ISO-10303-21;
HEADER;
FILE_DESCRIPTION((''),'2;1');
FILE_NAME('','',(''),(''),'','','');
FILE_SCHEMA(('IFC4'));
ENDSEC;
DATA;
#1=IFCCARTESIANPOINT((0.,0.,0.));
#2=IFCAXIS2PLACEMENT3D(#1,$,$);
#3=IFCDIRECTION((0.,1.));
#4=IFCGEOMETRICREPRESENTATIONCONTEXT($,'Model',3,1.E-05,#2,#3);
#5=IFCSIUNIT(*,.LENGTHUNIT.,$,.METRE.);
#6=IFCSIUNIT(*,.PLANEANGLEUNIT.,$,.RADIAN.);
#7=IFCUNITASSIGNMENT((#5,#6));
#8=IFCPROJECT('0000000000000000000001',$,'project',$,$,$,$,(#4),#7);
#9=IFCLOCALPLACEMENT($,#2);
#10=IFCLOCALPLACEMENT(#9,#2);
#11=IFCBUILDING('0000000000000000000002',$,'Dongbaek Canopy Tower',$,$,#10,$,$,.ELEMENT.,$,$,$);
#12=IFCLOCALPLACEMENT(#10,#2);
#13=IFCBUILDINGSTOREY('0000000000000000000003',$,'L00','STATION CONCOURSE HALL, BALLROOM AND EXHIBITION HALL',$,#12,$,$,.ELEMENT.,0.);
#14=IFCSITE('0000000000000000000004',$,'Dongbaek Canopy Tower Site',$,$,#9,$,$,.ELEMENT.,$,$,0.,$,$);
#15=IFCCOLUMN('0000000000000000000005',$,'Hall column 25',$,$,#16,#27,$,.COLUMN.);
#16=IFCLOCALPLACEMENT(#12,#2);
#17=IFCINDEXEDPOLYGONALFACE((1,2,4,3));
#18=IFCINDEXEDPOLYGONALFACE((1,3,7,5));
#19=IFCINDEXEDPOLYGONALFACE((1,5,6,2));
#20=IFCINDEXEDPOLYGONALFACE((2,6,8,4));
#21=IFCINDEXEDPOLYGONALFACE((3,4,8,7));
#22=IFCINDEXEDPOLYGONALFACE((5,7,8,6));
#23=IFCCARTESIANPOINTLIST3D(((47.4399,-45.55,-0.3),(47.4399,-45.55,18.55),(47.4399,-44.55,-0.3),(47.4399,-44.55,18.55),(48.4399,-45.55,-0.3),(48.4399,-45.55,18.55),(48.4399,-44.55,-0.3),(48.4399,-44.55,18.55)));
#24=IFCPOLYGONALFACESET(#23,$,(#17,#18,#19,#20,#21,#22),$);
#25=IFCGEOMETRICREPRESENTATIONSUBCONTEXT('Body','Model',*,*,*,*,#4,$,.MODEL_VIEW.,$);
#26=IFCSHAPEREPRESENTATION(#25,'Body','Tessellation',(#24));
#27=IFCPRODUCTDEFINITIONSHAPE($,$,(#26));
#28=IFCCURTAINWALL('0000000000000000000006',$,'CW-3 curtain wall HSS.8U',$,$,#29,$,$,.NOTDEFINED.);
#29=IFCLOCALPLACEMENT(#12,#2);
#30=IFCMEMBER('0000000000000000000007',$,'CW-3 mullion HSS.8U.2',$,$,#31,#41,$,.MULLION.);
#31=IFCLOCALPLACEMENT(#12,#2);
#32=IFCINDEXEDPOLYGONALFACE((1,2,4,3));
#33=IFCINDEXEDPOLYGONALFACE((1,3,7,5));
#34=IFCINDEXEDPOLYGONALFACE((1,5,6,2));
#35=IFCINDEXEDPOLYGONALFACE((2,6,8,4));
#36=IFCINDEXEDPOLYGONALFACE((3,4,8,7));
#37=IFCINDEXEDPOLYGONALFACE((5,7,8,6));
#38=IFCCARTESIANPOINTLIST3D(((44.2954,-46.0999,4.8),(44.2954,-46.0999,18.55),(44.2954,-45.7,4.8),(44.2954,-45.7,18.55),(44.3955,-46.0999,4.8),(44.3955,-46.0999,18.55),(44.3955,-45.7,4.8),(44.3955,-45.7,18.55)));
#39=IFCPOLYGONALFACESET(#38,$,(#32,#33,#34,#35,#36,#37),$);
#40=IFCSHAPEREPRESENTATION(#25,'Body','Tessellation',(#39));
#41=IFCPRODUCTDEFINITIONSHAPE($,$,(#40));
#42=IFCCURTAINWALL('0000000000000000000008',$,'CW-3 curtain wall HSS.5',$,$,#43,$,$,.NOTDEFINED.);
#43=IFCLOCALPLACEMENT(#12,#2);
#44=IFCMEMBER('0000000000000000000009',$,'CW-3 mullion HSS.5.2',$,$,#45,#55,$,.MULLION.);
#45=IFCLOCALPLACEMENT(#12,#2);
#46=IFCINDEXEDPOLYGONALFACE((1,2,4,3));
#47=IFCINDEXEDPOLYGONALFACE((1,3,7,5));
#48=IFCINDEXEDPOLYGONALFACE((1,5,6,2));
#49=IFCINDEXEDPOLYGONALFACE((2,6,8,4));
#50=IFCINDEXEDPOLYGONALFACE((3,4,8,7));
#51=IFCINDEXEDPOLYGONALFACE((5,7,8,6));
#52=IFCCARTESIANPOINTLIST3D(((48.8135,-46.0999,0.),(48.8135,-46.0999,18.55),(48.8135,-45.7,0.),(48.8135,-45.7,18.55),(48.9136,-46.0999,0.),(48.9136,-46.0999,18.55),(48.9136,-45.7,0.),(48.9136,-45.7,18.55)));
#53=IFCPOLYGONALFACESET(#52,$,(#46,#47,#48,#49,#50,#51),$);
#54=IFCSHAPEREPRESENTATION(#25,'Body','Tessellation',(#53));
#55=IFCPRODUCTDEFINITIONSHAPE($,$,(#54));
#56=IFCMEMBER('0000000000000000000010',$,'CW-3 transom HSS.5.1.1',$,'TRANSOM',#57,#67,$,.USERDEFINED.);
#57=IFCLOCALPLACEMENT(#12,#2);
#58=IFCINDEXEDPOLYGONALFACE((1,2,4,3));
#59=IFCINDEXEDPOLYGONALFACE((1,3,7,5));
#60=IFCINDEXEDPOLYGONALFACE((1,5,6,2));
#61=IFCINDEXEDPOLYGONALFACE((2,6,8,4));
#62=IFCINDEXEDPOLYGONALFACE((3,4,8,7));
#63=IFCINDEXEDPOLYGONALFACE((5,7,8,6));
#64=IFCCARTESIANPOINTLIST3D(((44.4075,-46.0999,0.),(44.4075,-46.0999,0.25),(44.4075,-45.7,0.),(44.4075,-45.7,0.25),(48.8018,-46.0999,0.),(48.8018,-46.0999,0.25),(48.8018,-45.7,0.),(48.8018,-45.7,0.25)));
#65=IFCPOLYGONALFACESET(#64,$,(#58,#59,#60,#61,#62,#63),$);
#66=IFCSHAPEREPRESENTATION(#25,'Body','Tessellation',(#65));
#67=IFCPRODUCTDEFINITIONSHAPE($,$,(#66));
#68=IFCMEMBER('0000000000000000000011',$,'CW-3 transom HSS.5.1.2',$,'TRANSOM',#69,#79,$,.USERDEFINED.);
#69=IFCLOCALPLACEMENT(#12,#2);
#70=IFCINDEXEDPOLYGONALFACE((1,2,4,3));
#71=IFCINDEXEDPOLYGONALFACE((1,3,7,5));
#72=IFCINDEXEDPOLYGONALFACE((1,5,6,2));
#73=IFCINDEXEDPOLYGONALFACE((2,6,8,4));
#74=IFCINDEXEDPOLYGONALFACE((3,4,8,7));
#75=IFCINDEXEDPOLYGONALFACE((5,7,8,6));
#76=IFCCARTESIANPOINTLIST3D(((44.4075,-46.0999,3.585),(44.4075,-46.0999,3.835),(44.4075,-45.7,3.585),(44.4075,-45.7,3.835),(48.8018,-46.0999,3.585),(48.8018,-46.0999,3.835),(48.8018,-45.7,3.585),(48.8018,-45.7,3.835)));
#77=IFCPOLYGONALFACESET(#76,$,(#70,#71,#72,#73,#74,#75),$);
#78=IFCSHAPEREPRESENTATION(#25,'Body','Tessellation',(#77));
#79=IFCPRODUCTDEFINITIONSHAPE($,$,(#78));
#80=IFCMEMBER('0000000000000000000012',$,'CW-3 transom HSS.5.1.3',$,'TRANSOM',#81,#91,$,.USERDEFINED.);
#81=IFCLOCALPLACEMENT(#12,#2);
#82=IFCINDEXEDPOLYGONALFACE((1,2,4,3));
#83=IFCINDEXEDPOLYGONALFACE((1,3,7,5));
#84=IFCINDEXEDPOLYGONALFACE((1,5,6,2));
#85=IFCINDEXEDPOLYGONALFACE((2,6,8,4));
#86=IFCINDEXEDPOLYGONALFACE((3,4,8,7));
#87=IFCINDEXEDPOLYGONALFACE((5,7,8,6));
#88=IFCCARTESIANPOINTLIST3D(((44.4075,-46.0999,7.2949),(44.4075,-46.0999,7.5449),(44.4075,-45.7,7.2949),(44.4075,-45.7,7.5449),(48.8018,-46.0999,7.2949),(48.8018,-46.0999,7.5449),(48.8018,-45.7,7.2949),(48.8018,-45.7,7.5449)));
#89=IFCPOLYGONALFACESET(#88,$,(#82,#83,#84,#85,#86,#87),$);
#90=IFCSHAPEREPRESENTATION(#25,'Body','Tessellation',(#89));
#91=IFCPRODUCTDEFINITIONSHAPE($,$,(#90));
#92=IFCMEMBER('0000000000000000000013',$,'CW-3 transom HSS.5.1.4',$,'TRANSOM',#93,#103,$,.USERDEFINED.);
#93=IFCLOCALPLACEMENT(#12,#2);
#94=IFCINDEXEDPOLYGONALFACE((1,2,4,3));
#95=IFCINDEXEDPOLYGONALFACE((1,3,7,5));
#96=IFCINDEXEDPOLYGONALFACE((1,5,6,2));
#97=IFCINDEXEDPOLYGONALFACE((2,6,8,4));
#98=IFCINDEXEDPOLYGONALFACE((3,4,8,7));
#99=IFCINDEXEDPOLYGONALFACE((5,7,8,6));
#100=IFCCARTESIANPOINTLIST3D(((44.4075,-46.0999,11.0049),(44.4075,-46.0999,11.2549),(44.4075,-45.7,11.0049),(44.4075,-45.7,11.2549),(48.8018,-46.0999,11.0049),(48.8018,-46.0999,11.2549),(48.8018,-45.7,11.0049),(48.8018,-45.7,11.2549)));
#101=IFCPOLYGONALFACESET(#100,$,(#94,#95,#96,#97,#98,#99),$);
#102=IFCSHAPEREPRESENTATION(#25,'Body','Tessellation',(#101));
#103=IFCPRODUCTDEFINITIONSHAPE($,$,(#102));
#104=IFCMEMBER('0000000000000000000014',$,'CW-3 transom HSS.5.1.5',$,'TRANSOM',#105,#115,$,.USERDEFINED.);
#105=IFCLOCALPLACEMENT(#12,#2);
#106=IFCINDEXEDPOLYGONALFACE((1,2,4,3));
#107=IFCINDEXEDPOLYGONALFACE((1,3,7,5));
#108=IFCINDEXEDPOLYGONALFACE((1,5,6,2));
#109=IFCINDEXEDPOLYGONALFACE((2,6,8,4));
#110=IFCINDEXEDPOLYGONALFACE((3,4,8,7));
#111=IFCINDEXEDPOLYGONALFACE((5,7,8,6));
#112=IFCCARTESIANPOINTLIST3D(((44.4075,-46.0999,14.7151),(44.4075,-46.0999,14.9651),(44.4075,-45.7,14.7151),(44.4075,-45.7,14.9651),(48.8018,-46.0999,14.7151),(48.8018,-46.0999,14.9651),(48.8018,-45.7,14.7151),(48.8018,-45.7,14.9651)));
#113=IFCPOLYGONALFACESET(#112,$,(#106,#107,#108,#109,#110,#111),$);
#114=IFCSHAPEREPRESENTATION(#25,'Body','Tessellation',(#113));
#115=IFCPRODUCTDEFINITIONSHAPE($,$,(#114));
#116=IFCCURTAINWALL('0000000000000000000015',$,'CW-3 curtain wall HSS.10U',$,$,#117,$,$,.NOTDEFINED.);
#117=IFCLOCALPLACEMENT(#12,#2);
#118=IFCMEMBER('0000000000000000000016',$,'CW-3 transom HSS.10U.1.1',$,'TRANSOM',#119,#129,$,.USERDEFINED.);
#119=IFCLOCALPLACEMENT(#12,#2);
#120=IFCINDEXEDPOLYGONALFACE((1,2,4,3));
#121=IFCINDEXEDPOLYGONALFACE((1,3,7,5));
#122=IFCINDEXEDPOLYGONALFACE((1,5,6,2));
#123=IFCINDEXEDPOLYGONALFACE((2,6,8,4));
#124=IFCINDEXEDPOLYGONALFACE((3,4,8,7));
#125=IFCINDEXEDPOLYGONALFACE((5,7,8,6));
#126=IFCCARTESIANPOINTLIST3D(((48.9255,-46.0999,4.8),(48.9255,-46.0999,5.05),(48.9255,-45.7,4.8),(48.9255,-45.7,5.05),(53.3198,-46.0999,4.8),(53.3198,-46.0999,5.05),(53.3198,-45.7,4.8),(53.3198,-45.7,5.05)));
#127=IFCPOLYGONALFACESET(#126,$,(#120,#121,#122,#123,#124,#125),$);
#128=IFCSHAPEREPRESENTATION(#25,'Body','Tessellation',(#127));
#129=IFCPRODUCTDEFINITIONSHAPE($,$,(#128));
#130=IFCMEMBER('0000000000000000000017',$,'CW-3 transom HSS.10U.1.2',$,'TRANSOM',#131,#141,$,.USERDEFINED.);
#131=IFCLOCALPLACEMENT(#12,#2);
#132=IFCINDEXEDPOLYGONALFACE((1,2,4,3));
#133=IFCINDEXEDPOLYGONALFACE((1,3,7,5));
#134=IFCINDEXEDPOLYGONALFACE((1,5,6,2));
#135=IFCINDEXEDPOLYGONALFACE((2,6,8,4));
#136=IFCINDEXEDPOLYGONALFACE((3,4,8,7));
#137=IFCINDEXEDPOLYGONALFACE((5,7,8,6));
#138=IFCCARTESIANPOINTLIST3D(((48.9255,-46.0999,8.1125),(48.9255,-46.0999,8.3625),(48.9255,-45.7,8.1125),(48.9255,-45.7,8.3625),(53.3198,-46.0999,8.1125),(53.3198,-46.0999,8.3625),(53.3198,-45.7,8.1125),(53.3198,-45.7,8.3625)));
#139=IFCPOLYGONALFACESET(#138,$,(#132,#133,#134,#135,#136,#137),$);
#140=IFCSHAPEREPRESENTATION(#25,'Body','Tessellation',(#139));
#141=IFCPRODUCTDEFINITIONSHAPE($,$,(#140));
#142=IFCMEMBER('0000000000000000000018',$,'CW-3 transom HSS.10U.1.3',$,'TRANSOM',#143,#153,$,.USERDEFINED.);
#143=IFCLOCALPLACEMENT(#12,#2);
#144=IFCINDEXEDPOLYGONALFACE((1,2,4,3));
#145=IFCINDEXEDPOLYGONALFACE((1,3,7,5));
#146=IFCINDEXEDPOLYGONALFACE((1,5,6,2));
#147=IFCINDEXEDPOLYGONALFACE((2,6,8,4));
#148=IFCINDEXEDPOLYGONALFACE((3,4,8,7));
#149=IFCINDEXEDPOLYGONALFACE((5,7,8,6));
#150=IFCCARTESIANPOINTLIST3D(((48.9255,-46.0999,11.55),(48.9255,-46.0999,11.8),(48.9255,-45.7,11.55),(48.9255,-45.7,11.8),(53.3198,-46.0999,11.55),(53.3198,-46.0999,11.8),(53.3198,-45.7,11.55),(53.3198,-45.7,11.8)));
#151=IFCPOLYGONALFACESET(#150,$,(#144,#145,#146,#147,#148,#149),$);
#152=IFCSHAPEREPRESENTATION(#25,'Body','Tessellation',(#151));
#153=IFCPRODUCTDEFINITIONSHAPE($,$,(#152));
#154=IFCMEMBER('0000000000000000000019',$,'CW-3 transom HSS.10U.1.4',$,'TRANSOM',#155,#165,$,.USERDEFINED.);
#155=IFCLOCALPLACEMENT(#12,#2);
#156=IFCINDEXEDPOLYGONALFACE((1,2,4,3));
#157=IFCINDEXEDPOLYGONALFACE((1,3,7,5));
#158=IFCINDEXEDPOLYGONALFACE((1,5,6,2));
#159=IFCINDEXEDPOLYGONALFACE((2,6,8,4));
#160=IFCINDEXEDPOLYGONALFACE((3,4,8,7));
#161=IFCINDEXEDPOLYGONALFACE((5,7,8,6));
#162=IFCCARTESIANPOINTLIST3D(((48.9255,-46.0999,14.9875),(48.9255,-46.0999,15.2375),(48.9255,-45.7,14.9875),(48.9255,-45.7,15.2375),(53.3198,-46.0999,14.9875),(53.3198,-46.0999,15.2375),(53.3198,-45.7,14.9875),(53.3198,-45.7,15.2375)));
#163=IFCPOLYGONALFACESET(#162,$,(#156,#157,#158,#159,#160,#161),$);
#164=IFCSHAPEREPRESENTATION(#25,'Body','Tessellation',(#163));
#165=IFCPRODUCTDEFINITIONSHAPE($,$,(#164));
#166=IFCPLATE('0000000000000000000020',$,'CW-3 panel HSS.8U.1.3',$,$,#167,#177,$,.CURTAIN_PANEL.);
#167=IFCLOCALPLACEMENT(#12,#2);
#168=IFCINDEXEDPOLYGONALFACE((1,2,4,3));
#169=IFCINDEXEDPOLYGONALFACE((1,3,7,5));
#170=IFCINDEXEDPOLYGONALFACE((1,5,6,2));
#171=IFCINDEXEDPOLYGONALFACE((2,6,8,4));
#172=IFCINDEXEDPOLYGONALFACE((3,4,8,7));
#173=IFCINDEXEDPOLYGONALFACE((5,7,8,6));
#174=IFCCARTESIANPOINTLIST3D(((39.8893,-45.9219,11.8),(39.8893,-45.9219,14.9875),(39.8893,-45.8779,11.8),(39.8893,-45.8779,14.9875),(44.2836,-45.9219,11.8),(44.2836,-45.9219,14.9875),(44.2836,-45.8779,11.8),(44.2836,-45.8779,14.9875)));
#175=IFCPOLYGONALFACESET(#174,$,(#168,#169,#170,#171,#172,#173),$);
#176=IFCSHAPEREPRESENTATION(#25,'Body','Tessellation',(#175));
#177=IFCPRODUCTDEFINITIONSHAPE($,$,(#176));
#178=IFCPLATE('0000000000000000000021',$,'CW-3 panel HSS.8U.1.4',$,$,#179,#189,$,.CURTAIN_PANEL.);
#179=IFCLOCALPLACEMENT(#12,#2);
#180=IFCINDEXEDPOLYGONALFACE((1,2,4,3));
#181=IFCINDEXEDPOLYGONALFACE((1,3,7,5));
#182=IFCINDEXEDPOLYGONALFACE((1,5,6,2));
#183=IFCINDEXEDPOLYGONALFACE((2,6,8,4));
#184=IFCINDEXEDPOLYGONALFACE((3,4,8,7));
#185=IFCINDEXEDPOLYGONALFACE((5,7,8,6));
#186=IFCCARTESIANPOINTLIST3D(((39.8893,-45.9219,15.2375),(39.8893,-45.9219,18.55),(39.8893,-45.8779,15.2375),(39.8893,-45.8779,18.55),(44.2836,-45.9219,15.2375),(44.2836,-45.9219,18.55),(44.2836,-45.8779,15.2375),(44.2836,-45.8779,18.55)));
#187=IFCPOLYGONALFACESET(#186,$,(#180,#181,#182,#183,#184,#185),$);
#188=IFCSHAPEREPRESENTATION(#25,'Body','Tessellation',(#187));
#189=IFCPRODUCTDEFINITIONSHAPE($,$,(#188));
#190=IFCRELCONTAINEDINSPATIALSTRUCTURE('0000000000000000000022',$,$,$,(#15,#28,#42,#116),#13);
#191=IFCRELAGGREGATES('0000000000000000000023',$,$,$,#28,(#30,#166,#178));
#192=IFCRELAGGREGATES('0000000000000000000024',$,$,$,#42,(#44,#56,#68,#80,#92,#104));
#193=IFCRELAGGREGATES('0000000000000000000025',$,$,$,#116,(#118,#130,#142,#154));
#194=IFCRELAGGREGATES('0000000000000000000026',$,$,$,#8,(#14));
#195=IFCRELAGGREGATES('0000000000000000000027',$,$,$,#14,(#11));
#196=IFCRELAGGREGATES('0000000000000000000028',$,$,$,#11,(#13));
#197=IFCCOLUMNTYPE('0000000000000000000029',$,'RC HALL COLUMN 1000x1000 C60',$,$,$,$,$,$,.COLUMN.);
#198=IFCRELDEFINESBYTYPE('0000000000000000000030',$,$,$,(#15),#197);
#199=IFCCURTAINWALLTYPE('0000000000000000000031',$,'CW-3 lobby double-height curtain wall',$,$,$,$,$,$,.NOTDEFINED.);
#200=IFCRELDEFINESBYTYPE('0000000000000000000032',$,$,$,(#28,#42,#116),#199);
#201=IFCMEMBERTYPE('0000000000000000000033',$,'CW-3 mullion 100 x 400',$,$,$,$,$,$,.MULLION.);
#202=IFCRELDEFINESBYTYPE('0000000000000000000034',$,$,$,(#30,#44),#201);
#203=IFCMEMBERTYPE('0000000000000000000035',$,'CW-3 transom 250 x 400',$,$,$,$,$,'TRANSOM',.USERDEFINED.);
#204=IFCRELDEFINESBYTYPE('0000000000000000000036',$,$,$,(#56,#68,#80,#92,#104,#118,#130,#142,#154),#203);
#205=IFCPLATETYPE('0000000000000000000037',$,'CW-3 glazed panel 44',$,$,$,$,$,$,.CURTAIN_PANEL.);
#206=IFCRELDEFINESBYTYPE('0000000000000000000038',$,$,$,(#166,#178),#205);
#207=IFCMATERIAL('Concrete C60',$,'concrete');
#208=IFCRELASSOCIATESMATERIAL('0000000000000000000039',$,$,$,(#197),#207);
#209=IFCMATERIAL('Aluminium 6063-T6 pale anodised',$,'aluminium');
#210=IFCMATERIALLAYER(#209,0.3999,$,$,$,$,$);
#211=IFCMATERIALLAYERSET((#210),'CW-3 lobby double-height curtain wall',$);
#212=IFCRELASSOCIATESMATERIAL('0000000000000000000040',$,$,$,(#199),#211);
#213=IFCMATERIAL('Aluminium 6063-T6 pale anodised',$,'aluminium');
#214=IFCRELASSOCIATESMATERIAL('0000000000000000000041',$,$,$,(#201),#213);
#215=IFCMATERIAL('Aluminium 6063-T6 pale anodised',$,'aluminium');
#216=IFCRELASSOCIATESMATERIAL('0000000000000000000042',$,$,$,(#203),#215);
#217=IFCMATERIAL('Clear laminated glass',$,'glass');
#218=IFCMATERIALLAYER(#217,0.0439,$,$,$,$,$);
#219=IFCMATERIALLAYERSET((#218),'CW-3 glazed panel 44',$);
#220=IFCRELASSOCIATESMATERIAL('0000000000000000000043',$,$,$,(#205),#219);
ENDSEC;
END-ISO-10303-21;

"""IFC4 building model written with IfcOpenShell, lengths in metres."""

from ifc_helpers import new_model, si_unit, direction, frame, origin, origin_2d, place, context, subcontext, project, spatial, rectangle, extrude, material, layer, layer_set, material_profile, profile_set, type_object, element, aggregate, save


model = new_model("IFC4")

# Units and contexts
model_context = context("Model", 3, precision=1e-05, world=origin(), true_north=direction((0.0, 1.0)))
body_context = subcontext(model_context, "Body", "Model", "MODEL_VIEW")
ifc_project = project(units=[si_unit("LENGTHUNIT", "METRE"), si_unit("PLANEANGLEUNIT", "RADIAN")], contexts=[model_context])

# Site, building, storey
site_placement = place(None, origin())
site = spatial("IfcSite", under=ifc_project, at=site_placement, Name="Dongbaek Canopy Tower Site", CompositionType="ELEMENT", RefElevation=0.0)
building_placement = place(site_placement, origin())
building = spatial("IfcBuilding", under=site, at=building_placement, Name="Dongbaek Canopy Tower", CompositionType="ELEMENT")
storey_placement = place(building_placement, origin())
storey = spatial("IfcBuildingStorey", under=building, at=storey_placement, Name="L00", Description="STATION CONCOURSE HALL, BALLROOM AND EXHIBITION HALL", CompositionType="ELEMENT", Elevation=0.0)

# Column
ifc_material_1 = material(Name="Concrete C60", Category="concrete")
ifc_material_profile_1 = material_profile(ifc_material_1, rectangle(XDim=1.0, YDim=1.0, at=origin_2d()), Name="RC HALL COLUMN 1000x1000 C60")
ifc_profile_set_1 = profile_set([ifc_material_profile_1], Name="Concrete C60")
column_type = type_object("IfcColumnType", Name="RC HALL COLUMN 1000x1000 C60", PredefinedType="COLUMN", material=ifc_profile_set_1)
column_placement = place(storey_placement, frame((47.9399, -45.05, -0.3), z_axis=(0.0, 0.0, 1.0), x_axis=(1.0, 0.0, 0.0)))
element("IfcColumn", 1, at=column_placement, inside=storey, type_object=column_type, Name="Hall column 25", PredefinedType="COLUMN", context=body_context, shape_type="SweptSolid", body=[
    extrude(rectangle(XDim=1.0, YDim=1.0, at=origin_2d()), origin(), (0.0, 0.0, 1.0), 18.8501),
])

# Curtain wall, member
ifc_material_2 = material(Name="Aluminium 6063-T6 pale anodised", Category="aluminium")
ifc_layer_1 = layer(ifc_material_2, 0.3999)
ifc_layer_set_1 = layer_set([ifc_layer_1], Name="CW-3 lobby double-height curtain wall")
curtain_wall_type = type_object("IfcCurtainWallType", Name="CW-3 lobby double-height curtain wall", PredefinedType="NOTDEFINED", material=ifc_layer_set_1)
curtain_wall_1_placement = place(storey_placement, origin())
curtain_wall_1 = element("IfcCurtainWall", 2, at=curtain_wall_1_placement, inside=storey, type_object=curtain_wall_type, Name="CW-3 curtain wall HSS.8U", PredefinedType="NOTDEFINED")
ifc_material_3 = material(Name="Aluminium 6063-T6 pale anodised", Category="aluminium")
ifc_material_profile_2 = material_profile(ifc_material_3, rectangle(XDim=0.3999, YDim=0.1001, at=origin_2d()), Name="CW-3 mullion 100 x 400")
ifc_profile_set_2 = profile_set([ifc_material_profile_2], Name="Aluminium 6063-T6 pale anodised")
member_type_1 = type_object("IfcMemberType", Name="CW-3 mullion 100 x 400", PredefinedType="MULLION", material=ifc_profile_set_2)
member_1_placement = place(storey_placement, frame((44.3455, -45.8999, 4.8), z_axis=(0.0, 0.0, 1.0), x_axis=(0.0, -1.0, 0.0)))
member_1 = element("IfcMember", 3, at=member_1_placement, type_object=member_type_1, Name="CW-3 mullion HSS.8U.2", PredefinedType="MULLION", context=body_context, shape_type="SweptSolid", body=[
    extrude(rectangle(XDim=0.3999, YDim=0.1001, at=origin_2d()), origin(), (0.0, 0.0, 1.0), 13.75),
])

# Curtain walls, members
curtain_wall_2_placement = place(storey_placement, origin())
curtain_wall_2 = element("IfcCurtainWall", 4, at=curtain_wall_2_placement, inside=storey, type_object=curtain_wall_type, Name="CW-3 curtain wall HSS.5", PredefinedType="NOTDEFINED")
member_2_placement = place(storey_placement, frame((48.8635, -45.8999, 0.0), z_axis=(0.0, 0.0, 1.0), x_axis=(0.0, -1.0, 0.0)))
member_2 = element("IfcMember", 5, at=member_2_placement, type_object=member_type_1, Name="CW-3 mullion HSS.5.2", PredefinedType="MULLION", context=body_context, shape_type="SweptSolid", body=[
    extrude(rectangle(XDim=0.3999, YDim=0.1001, at=origin_2d()), origin(), (0.0, 0.0, 1.0), 18.55),
])
ifc_material_4 = material(Name="Aluminium 6063-T6 pale anodised", Category="aluminium")
ifc_material_profile_3 = material_profile(ifc_material_4, rectangle(XDim=0.3999, YDim=0.25, at=origin_2d()), Name="CW-3 transom 250 x 400")
ifc_profile_set_3 = profile_set([ifc_material_profile_3], Name="Aluminium 6063-T6 pale anodised")
member_type_2 = type_object("IfcMemberType", Name="CW-3 transom 250 x 400", ElementType="TRANSOM", PredefinedType="USERDEFINED", material=ifc_profile_set_3)
member_3_placement = place(storey_placement, frame((44.4075, -45.8999, 0.125), z_axis=(1.0, 0.0, 0.0), x_axis=(0.0, 1.0, 0.0)))
member_3 = element("IfcMember", 6, at=member_3_placement, type_object=member_type_2, Name="CW-3 transom HSS.5.1.1", ObjectType="TRANSOM", PredefinedType="USERDEFINED", context=body_context, shape_type="SweptSolid", body=[
    extrude(rectangle(XDim=0.3999, YDim=0.25, at=origin_2d()), origin(), (0.0, 0.0, 1.0), 4.3943),
])
member_4_placement = place(storey_placement, frame((44.4075, -45.8999, 3.71), z_axis=(1.0, 0.0, 0.0), x_axis=(0.0, 1.0, 0.0)))
member_4 = element("IfcMember", 7, at=member_4_placement, type_object=member_type_2, Name="CW-3 transom HSS.5.1.2", ObjectType="TRANSOM", PredefinedType="USERDEFINED", context=body_context, shape_type="SweptSolid", body=[
    extrude(rectangle(XDim=0.3999, YDim=0.25, at=origin_2d()), origin(), (0.0, 0.0, 1.0), 4.3943),
])
member_5_placement = place(storey_placement, frame((44.4075, -45.8999, 7.4199), z_axis=(1.0, 0.0, 0.0), x_axis=(0.0, 1.0, 0.0)))
member_5 = element("IfcMember", 8, at=member_5_placement, type_object=member_type_2, Name="CW-3 transom HSS.5.1.3", ObjectType="TRANSOM", PredefinedType="USERDEFINED", context=body_context, shape_type="SweptSolid", body=[
    extrude(rectangle(XDim=0.3999, YDim=0.25, at=origin_2d()), origin(), (0.0, 0.0, 1.0), 4.3943),
])
member_6_placement = place(storey_placement, frame((44.4075, -45.8999, 11.1299), z_axis=(1.0, 0.0, 0.0), x_axis=(0.0, 1.0, 0.0)))
member_6 = element("IfcMember", 9, at=member_6_placement, type_object=member_type_2, Name="CW-3 transom HSS.5.1.4", ObjectType="TRANSOM", PredefinedType="USERDEFINED", context=body_context, shape_type="SweptSolid", body=[
    extrude(rectangle(XDim=0.3999, YDim=0.25, at=origin_2d()), origin(), (0.0, 0.0, 1.0), 4.3943),
])
member_7_placement = place(storey_placement, frame((44.4075, -45.8999, 14.8401), z_axis=(1.0, 0.0, 0.0), x_axis=(0.0, 1.0, 0.0)))
member_7 = element("IfcMember", 10, at=member_7_placement, type_object=member_type_2, Name="CW-3 transom HSS.5.1.5", ObjectType="TRANSOM", PredefinedType="USERDEFINED", context=body_context, shape_type="SweptSolid", body=[
    extrude(rectangle(XDim=0.3999, YDim=0.25, at=origin_2d()), origin(), (0.0, 0.0, 1.0), 4.3943),
])
curtain_wall_3_placement = place(storey_placement, origin())
curtain_wall_3 = element("IfcCurtainWall", 11, at=curtain_wall_3_placement, inside=storey, type_object=curtain_wall_type, Name="CW-3 curtain wall HSS.10U", PredefinedType="NOTDEFINED")
member_8_placement = place(storey_placement, frame((48.9255, -45.8999, 4.925), z_axis=(1.0, 0.0, 0.0), x_axis=(0.0, 1.0, 0.0)))
member_8 = element("IfcMember", 12, at=member_8_placement, type_object=member_type_2, Name="CW-3 transom HSS.10U.1.1", ObjectType="TRANSOM", PredefinedType="USERDEFINED", context=body_context, shape_type="SweptSolid", body=[
    extrude(rectangle(XDim=0.3999, YDim=0.25, at=origin_2d()), origin(), (0.0, 0.0, 1.0), 4.3943),
])
member_9_placement = place(storey_placement, frame((48.9255, -45.8999, 8.2375), z_axis=(1.0, 0.0, 0.0), x_axis=(0.0, 1.0, 0.0)))
member_9 = element("IfcMember", 13, at=member_9_placement, type_object=member_type_2, Name="CW-3 transom HSS.10U.1.2", ObjectType="TRANSOM", PredefinedType="USERDEFINED", context=body_context, shape_type="SweptSolid", body=[
    extrude(rectangle(XDim=0.3999, YDim=0.25, at=origin_2d()), origin(), (0.0, 0.0, 1.0), 4.3943),
])
member_10_placement = place(storey_placement, frame((48.9255, -45.8999, 11.675), z_axis=(1.0, 0.0, 0.0), x_axis=(0.0, 1.0, 0.0)))
member_10 = element("IfcMember", 14, at=member_10_placement, type_object=member_type_2, Name="CW-3 transom HSS.10U.1.3", ObjectType="TRANSOM", PredefinedType="USERDEFINED", context=body_context, shape_type="SweptSolid", body=[
    extrude(rectangle(XDim=0.3999, YDim=0.25, at=origin_2d()), origin(), (0.0, 0.0, 1.0), 4.3943),
])
member_11_placement = place(storey_placement, frame((48.9255, -45.8999, 15.1125), z_axis=(1.0, 0.0, 0.0), x_axis=(0.0, 1.0, 0.0)))
member_11 = element("IfcMember", 15, at=member_11_placement, type_object=member_type_2, Name="CW-3 transom HSS.10U.1.4", ObjectType="TRANSOM", PredefinedType="USERDEFINED", context=body_context, shape_type="SweptSolid", body=[
    extrude(rectangle(XDim=0.3999, YDim=0.25, at=origin_2d()), origin(), (0.0, 0.0, 1.0), 4.3943),
])

# Plates
ifc_material_5 = material(Name="Clear laminated glass", Category="glass")
ifc_layer_2 = layer(ifc_material_5, 0.0439)
ifc_layer_set_2 = layer_set([ifc_layer_2], Name="CW-3 glazed panel 44")
plate_type = type_object("IfcPlateType", Name="CW-3 glazed panel 44", PredefinedType="CURTAIN_PANEL", material=ifc_layer_set_2)
plate_1_placement = place(storey_placement, frame((42.0864, -45.8999, 11.8), z_axis=(0.0, 0.0, 1.0), x_axis=(1.0, 0.0, 0.0)))
plate_1 = element("IfcPlate", 16, at=plate_1_placement, type_object=plate_type, Name="CW-3 panel HSS.8U.1.3", PredefinedType="CURTAIN_PANEL", context=body_context, shape_type="SweptSolid", body=[
    extrude(rectangle(XDim=4.3943, YDim=0.0439, at=origin_2d()), origin(), (0.0, 0.0, 1.0), 3.1875),
])
plate_2_placement = place(storey_placement, frame((42.0864, -45.8999, 15.2375), z_axis=(0.0, 0.0, 1.0), x_axis=(1.0, 0.0, 0.0)))
plate_2 = element("IfcPlate", 17, at=plate_2_placement, type_object=plate_type, Name="CW-3 panel HSS.8U.1.4", PredefinedType="CURTAIN_PANEL", context=body_context, shape_type="SweptSolid", body=[
    extrude(rectangle(XDim=4.3943, YDim=0.0439, at=origin_2d()), origin(), (0.0, 0.0, 1.0), 3.3125),
])
aggregate(curtain_wall_1, [member_1, plate_1, plate_2])
aggregate(curtain_wall_2, [member_2, member_3, member_4, member_5, member_6, member_7])
aggregate(curtain_wall_3, [member_8, member_9, member_10, member_11])

save(model, "model.ifc")
